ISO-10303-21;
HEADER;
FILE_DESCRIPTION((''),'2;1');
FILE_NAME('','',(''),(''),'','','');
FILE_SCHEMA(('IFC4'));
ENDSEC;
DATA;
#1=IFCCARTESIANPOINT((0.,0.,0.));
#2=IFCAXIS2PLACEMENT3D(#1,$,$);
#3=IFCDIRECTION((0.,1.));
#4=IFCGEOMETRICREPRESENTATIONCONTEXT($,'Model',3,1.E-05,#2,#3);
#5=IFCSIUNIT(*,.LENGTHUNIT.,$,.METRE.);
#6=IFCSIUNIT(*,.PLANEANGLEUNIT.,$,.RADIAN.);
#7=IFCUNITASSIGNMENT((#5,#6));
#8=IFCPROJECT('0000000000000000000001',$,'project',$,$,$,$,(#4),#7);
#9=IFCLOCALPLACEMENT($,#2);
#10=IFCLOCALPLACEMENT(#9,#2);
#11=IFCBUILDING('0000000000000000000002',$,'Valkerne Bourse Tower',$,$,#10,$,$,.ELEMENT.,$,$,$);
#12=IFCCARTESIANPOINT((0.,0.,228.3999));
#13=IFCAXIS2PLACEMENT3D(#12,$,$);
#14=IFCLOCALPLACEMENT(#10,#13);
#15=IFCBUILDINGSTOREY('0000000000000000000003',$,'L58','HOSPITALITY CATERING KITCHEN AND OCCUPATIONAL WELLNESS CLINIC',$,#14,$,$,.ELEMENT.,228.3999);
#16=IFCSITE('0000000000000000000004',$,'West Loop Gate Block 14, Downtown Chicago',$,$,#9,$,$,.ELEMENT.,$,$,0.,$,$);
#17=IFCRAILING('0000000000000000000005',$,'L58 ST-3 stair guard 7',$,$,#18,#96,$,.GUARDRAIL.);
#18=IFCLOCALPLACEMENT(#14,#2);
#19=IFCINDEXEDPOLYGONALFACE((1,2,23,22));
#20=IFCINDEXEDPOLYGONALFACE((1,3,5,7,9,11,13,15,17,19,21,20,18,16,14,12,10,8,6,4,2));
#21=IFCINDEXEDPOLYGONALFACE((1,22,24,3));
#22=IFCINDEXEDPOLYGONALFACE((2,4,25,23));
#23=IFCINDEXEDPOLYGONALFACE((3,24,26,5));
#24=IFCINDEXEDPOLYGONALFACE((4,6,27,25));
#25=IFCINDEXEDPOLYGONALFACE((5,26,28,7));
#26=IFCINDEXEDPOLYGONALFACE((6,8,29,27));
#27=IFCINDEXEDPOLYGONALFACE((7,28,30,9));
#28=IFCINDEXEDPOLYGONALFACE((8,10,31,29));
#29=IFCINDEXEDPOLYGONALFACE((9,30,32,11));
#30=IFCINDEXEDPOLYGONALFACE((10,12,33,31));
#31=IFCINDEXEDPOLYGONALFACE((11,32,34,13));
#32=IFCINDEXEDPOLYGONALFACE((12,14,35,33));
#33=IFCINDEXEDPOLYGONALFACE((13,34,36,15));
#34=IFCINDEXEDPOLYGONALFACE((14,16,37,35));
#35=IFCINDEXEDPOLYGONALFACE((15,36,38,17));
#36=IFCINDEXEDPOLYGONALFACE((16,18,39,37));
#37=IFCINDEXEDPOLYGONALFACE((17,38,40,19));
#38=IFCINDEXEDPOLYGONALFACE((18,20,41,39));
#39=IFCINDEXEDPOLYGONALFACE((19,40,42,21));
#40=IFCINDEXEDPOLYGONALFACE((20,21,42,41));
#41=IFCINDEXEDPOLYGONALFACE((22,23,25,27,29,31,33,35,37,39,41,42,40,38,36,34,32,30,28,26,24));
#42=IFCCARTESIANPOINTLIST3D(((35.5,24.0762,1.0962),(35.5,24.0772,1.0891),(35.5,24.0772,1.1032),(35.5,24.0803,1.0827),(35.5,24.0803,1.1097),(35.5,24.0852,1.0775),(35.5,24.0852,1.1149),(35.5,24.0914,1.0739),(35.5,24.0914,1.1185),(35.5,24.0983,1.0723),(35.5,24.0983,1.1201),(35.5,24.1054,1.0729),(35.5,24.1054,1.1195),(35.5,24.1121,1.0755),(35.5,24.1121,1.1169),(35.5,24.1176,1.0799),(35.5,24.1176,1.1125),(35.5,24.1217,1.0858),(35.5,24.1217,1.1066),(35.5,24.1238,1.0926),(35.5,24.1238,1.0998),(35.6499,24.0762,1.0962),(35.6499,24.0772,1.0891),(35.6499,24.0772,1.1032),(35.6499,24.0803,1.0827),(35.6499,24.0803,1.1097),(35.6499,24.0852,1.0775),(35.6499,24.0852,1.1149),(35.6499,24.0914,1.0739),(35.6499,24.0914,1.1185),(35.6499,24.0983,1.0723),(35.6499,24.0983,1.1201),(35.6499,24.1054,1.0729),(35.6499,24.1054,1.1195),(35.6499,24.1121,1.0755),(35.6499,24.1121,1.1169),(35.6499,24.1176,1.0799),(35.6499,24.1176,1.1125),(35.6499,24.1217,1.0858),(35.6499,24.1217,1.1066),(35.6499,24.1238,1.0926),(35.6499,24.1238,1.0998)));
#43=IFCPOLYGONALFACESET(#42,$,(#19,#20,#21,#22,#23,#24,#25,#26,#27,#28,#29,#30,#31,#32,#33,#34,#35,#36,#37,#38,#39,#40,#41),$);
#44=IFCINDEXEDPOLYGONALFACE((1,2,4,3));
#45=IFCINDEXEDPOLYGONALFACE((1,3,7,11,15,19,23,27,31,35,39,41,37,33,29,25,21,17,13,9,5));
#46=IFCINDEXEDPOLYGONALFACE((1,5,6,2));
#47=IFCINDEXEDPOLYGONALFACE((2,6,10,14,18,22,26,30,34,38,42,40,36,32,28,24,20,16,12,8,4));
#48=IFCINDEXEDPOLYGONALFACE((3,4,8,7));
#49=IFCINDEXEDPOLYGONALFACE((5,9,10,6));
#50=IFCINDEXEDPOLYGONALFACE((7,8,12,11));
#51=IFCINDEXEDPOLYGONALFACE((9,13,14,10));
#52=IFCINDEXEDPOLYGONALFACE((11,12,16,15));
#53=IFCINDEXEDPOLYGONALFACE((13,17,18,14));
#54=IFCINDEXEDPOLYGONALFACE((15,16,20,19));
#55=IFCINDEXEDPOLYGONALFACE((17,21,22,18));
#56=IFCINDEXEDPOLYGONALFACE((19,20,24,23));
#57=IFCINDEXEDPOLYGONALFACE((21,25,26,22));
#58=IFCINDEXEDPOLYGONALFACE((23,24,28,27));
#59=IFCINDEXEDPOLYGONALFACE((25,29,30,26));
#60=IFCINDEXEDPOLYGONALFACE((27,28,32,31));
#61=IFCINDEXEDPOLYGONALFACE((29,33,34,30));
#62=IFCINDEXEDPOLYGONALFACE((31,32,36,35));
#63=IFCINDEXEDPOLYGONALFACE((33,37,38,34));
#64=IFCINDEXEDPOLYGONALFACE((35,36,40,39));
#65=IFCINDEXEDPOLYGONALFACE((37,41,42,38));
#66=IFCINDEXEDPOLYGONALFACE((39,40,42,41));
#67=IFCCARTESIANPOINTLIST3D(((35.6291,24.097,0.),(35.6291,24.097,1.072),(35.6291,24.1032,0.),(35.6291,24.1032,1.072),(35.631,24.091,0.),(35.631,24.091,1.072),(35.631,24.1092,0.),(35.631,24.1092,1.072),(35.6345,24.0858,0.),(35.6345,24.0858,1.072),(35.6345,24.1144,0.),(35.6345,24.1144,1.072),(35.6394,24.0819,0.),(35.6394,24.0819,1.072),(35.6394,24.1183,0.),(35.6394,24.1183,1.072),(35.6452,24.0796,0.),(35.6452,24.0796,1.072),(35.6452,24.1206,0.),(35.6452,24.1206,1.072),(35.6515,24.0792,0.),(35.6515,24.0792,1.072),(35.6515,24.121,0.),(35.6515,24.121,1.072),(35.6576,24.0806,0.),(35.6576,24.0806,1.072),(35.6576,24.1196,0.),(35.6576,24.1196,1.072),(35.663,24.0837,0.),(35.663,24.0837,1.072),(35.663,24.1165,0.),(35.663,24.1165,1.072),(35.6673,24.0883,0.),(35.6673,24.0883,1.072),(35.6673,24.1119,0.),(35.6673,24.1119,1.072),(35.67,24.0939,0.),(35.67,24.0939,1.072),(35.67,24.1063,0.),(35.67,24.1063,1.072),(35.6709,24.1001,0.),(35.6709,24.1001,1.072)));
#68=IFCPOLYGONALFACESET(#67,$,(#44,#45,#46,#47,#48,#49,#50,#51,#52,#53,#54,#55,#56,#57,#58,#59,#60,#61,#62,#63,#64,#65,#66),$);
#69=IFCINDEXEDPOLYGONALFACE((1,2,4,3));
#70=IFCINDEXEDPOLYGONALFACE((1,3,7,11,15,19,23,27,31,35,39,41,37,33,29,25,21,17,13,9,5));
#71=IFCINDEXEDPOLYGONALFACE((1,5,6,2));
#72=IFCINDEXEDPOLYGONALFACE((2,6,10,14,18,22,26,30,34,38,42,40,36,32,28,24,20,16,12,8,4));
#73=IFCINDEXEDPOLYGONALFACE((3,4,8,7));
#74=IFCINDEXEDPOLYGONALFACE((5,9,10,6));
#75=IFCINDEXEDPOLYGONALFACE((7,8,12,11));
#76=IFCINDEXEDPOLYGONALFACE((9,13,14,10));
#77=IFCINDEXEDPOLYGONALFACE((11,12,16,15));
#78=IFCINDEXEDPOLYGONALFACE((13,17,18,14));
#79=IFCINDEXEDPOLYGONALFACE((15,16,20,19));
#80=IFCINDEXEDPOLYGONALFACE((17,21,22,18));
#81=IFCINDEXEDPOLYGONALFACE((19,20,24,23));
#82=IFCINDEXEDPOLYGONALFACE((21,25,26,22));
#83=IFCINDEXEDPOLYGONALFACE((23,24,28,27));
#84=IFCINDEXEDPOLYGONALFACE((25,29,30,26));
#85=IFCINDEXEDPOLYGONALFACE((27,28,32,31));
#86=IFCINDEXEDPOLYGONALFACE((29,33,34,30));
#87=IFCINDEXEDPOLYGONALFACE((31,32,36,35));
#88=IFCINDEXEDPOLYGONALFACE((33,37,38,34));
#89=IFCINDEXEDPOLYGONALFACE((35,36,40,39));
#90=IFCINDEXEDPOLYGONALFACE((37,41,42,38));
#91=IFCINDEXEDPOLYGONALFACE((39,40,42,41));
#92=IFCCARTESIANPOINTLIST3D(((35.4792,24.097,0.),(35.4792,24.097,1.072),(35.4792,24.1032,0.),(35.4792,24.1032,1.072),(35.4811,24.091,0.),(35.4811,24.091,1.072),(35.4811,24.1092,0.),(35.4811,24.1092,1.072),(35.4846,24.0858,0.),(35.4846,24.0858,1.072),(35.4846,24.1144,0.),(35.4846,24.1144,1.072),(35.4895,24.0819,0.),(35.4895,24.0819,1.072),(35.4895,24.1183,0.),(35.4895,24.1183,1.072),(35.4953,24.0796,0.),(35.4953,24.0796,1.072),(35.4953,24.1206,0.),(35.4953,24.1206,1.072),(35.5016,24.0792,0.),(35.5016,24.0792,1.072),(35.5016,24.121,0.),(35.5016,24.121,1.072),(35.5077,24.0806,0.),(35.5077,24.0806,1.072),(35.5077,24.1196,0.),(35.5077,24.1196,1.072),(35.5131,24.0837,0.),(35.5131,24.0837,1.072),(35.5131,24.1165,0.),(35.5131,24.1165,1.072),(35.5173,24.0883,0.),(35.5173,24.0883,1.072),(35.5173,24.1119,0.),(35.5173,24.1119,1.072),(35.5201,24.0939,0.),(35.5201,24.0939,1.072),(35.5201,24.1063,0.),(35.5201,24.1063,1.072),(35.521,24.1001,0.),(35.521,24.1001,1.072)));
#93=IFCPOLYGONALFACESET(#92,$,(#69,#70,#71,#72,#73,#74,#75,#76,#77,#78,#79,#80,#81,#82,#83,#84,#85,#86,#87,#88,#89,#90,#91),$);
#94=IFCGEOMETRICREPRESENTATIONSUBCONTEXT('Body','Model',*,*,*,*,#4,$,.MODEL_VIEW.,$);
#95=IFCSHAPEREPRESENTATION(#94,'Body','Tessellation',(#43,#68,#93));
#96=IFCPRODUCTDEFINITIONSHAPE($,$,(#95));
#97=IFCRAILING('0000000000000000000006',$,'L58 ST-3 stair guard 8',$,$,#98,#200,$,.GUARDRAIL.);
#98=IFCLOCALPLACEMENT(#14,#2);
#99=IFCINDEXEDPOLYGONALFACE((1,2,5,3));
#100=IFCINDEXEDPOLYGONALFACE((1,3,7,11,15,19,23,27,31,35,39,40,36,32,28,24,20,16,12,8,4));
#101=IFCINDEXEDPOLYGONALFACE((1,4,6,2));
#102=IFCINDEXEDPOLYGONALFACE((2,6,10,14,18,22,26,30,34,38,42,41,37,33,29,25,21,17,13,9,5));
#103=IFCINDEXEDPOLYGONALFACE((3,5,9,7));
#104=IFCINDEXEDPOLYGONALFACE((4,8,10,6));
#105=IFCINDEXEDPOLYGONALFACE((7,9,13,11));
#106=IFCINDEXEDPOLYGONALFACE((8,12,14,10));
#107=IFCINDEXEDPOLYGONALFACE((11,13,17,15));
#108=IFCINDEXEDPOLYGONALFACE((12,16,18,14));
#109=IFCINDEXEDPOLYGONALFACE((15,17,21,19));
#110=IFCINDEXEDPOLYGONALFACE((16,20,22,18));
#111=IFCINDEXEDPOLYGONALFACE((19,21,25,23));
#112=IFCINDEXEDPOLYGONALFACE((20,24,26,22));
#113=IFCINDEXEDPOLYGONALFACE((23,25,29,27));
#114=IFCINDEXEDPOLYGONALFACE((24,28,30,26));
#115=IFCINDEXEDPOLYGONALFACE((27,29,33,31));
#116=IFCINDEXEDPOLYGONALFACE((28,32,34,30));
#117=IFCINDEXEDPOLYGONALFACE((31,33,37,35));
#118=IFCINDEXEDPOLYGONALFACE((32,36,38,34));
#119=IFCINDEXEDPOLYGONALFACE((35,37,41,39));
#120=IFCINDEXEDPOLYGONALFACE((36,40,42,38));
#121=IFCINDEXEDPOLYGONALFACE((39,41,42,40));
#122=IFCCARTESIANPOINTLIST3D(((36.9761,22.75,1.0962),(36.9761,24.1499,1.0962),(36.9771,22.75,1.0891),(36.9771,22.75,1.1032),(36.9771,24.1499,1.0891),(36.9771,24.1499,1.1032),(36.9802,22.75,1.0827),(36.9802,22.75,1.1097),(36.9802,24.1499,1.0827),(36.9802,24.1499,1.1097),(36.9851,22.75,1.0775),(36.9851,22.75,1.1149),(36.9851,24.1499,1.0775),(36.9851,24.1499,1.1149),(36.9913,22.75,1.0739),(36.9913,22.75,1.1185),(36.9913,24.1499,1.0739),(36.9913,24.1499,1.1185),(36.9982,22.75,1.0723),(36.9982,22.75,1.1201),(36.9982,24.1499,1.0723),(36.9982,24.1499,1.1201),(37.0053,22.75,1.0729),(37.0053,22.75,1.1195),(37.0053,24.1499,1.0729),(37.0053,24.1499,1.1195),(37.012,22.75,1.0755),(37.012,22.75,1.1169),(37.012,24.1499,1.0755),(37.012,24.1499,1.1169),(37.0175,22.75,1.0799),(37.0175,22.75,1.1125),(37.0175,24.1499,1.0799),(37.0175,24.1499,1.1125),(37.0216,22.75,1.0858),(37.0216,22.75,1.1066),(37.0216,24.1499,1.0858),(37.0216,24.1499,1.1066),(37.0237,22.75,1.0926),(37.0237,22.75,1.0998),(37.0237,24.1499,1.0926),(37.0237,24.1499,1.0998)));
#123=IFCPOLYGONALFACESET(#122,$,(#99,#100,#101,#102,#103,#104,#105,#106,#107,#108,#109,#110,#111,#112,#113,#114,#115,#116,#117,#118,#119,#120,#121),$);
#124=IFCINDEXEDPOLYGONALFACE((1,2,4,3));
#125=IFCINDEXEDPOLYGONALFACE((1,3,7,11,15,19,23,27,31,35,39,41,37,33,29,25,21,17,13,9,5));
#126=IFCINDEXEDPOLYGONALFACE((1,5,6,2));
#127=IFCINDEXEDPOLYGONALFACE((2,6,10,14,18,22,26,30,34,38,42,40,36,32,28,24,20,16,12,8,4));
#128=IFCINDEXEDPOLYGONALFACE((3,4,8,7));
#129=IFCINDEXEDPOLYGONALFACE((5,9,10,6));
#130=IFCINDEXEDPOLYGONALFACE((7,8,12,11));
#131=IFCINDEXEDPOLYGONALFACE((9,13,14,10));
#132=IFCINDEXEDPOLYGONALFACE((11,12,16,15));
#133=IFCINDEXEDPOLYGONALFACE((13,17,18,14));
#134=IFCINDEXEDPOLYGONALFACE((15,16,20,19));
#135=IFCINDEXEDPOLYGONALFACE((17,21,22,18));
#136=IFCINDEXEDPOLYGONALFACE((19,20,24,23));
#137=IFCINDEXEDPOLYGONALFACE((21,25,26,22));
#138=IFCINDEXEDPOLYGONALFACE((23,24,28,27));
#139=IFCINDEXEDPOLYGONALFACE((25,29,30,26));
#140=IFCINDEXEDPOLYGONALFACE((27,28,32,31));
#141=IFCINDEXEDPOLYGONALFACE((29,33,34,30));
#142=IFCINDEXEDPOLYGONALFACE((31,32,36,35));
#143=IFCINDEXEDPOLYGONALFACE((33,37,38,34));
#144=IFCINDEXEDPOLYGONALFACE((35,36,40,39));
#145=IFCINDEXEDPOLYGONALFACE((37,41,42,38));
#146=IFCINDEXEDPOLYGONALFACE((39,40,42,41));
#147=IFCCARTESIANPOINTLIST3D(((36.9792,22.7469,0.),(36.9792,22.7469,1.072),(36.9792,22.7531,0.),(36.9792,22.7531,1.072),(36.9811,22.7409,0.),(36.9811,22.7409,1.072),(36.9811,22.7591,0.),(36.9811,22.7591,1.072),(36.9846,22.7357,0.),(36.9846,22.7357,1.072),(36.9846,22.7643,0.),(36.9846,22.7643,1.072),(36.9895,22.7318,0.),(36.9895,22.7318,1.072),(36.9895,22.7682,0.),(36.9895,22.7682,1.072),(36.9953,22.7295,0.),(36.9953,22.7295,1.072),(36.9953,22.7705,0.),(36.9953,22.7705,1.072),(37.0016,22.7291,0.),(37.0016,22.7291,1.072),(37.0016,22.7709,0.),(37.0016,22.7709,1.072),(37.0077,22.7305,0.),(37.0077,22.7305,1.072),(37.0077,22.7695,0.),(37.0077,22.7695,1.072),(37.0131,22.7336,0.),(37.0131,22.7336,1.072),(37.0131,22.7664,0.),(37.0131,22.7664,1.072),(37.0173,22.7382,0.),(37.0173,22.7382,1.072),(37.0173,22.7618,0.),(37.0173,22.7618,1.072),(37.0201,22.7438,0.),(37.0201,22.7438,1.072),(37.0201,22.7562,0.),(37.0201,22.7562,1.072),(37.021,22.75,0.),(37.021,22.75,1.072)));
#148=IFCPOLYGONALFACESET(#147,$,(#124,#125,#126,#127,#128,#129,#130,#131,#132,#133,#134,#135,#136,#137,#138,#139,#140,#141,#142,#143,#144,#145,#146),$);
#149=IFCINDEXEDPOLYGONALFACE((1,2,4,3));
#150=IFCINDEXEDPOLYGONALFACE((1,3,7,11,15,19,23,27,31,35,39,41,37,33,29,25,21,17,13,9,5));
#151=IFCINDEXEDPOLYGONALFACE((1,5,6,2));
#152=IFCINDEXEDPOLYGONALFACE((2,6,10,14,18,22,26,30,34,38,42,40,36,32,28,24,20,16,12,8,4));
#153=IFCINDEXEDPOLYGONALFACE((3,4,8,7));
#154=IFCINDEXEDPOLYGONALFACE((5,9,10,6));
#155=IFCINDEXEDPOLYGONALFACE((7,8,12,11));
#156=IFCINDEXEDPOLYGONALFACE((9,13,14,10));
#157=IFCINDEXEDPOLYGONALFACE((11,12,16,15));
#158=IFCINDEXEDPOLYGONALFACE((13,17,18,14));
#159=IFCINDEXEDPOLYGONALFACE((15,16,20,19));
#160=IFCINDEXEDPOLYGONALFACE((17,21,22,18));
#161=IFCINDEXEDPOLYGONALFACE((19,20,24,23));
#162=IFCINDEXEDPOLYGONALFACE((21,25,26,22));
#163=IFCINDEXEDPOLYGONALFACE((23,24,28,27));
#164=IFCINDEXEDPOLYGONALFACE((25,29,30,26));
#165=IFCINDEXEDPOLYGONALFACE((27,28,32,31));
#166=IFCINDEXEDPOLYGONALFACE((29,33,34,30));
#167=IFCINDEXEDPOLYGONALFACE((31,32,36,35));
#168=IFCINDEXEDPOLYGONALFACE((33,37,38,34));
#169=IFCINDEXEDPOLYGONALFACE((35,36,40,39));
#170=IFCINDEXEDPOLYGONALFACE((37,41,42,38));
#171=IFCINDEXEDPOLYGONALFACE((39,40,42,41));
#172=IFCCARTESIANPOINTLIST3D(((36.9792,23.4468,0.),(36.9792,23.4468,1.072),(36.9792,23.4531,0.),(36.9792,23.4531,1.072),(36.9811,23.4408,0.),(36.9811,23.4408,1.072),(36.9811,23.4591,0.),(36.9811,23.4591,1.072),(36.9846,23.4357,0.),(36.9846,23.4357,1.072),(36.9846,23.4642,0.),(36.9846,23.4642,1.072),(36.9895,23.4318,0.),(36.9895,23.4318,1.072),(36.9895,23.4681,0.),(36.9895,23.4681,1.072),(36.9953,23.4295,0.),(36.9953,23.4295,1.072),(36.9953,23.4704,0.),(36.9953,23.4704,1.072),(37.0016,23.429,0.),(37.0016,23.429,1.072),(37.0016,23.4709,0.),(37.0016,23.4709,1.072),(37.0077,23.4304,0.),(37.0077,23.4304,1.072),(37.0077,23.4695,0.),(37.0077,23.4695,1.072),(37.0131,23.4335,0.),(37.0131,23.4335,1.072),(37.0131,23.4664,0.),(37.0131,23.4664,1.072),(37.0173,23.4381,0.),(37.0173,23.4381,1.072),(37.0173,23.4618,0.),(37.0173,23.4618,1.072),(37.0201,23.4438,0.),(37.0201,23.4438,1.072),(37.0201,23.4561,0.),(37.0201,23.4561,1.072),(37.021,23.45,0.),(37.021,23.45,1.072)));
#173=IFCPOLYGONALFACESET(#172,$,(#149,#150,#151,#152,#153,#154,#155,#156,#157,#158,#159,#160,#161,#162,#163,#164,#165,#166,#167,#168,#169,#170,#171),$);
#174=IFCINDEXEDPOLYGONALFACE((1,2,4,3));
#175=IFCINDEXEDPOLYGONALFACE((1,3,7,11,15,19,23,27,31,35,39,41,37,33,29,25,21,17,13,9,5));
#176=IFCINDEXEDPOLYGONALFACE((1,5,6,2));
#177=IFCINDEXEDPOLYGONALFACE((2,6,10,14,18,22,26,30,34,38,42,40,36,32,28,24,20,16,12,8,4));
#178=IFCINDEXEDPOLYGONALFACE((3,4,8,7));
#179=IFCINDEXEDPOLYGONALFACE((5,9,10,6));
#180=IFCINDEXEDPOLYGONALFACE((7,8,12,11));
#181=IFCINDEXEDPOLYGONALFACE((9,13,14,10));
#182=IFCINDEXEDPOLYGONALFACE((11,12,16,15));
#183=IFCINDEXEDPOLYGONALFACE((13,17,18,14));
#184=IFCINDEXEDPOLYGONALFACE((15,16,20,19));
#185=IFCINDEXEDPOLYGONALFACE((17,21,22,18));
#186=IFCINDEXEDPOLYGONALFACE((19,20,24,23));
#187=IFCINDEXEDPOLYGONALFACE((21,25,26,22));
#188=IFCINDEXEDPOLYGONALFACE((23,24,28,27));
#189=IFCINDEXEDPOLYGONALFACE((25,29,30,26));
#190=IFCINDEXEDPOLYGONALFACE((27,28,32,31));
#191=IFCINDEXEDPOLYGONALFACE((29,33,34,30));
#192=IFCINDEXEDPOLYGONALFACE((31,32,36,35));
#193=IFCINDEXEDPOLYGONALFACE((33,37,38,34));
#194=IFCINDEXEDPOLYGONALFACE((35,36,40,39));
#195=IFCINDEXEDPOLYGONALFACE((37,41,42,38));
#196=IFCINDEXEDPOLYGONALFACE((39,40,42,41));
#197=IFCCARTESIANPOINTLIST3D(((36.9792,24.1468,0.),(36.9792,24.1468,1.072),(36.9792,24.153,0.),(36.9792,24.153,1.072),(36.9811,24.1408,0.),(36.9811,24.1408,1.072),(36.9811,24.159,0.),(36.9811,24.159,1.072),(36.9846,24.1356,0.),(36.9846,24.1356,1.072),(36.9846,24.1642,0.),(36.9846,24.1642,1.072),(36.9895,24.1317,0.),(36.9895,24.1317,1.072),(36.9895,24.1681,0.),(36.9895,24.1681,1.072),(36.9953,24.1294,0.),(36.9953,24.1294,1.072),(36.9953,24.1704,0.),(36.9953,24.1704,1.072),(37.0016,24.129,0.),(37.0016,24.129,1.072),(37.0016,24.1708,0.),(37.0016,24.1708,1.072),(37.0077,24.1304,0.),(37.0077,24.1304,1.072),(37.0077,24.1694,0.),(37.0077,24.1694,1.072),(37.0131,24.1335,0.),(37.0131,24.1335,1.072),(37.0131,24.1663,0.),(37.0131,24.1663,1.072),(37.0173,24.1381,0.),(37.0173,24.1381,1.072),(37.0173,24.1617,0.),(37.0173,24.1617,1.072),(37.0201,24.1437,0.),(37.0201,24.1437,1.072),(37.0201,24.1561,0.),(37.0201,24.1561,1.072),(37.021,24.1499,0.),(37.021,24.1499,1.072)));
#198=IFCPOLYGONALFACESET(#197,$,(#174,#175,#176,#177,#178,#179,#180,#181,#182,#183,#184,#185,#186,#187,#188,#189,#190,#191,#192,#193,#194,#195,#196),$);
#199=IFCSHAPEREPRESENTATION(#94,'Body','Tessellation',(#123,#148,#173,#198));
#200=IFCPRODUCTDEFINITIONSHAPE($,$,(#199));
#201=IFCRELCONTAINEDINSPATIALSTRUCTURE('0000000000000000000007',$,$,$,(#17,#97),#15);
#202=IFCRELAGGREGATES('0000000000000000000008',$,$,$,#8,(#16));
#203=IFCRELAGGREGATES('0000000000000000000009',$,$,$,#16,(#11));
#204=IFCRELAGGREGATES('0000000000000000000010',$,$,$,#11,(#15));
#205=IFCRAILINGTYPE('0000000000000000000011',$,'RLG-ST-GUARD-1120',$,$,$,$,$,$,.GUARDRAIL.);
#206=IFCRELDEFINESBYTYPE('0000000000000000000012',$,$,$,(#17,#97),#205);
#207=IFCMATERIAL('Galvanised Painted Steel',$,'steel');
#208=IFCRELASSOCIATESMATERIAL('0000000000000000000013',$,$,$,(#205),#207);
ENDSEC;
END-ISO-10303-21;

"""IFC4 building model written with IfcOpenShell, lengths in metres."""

from ifc_helpers import new_model, si_unit, direction, frame, origin, origin_2d, place, context, subcontext, project, spatial, circle, extrude, material, type_object, element, save


model = new_model("IFC4")

# Units and contexts
model_context = context("Model", 3, precision=1e-05, world=origin(), true_north=direction((0.0, 1.0)))
body_context = subcontext(model_context, "Body", "Model", "MODEL_VIEW")
ifc_project = project(units=[si_unit("LENGTHUNIT", "METRE"), si_unit("PLANEANGLEUNIT", "RADIAN")], contexts=[model_context])

# Site, building, storey
site_placement = place(None, origin())
site = spatial("IfcSite", under=ifc_project, at=site_placement, Name="West Loop Gate Block 14, Downtown Chicago", CompositionType="ELEMENT", RefElevation=0.0)
building_placement = place(site_placement, origin())
building = spatial("IfcBuilding", under=site, at=building_placement, Name="Valkerne Bourse Tower", CompositionType="ELEMENT")
storey_placement = place(building_placement, frame((0.0, 0.0, 228.3999)))
storey = spatial("IfcBuildingStorey", under=building, at=storey_placement, Name="L58", Description="HOSPITALITY CATERING KITCHEN AND OCCUPATIONAL WELLNESS CLINIC", CompositionType="ELEMENT", Elevation=228.3999)

# Railings
ifc_material_1 = material(Name="Galvanised Painted Steel", Category="steel")
railing_type_1 = type_object("IfcRailingType", Name="RLG-ST-GUARD-1120", PredefinedType="GUARDRAIL", material=ifc_material_1)
railing_1_placement = place(storey_placement, frame((35.6499, 24.1001, 0.0)))
element("IfcRailing", 1, at=railing_1_placement, inside=storey, type_object=railing_type_1, Name="L58 ST-3 stair guard 7", PredefinedType="GUARDRAIL", context=body_context, shape_type="SweptSolid", body=[
    extrude(circle(Radius=0.0239, at=origin_2d()), frame((0.0, 0.0, 1.0962), z_axis=(-1.0, 0.0, 0.0), x_axis=(0.0, -1.0, 0.0)), (0.0, 0.0, 1.0), 0.1499),
    extrude(circle(Radius=0.021, at=origin_2d()), origin(), (0.0, 0.0, 1.0), 1.072),
    extrude(circle(Radius=0.021, at=origin_2d()), frame((-0.1499, 0.0, 0.0)), (0.0, 0.0, 1.0), 1.072),
])
railing_2_placement = place(storey_placement, frame((37.0, 22.75, 0.0)))
element("IfcRailing", 2, at=railing_2_placement, inside=storey, type_object=railing_type_1, Name="L58 ST-3 stair guard 8", PredefinedType="GUARDRAIL", context=body_context, shape_type="SweptSolid", body=[
    extrude(circle(Radius=0.0239, at=origin_2d()), frame((0.0, 0.0, 1.0962), z_axis=(0.0, 1.0, 0.0), x_axis=(-1.0, 0.0, 0.0)), (0.0, 0.0, 1.0), 1.3999),
    extrude(circle(Radius=0.021, at=origin_2d()), origin(), (0.0, 0.0, 1.0), 1.072),
    extrude(circle(Radius=0.021, at=origin_2d()), frame((0.0, 0.7, 0.0)), (0.0, 0.0, 1.0), 1.072),
    extrude(circle(Radius=0.021, at=origin_2d()), frame((0.0, 1.3999, 0.0)), (0.0, 0.0, 1.0), 1.072),
])

save(model, "model.ifc")
